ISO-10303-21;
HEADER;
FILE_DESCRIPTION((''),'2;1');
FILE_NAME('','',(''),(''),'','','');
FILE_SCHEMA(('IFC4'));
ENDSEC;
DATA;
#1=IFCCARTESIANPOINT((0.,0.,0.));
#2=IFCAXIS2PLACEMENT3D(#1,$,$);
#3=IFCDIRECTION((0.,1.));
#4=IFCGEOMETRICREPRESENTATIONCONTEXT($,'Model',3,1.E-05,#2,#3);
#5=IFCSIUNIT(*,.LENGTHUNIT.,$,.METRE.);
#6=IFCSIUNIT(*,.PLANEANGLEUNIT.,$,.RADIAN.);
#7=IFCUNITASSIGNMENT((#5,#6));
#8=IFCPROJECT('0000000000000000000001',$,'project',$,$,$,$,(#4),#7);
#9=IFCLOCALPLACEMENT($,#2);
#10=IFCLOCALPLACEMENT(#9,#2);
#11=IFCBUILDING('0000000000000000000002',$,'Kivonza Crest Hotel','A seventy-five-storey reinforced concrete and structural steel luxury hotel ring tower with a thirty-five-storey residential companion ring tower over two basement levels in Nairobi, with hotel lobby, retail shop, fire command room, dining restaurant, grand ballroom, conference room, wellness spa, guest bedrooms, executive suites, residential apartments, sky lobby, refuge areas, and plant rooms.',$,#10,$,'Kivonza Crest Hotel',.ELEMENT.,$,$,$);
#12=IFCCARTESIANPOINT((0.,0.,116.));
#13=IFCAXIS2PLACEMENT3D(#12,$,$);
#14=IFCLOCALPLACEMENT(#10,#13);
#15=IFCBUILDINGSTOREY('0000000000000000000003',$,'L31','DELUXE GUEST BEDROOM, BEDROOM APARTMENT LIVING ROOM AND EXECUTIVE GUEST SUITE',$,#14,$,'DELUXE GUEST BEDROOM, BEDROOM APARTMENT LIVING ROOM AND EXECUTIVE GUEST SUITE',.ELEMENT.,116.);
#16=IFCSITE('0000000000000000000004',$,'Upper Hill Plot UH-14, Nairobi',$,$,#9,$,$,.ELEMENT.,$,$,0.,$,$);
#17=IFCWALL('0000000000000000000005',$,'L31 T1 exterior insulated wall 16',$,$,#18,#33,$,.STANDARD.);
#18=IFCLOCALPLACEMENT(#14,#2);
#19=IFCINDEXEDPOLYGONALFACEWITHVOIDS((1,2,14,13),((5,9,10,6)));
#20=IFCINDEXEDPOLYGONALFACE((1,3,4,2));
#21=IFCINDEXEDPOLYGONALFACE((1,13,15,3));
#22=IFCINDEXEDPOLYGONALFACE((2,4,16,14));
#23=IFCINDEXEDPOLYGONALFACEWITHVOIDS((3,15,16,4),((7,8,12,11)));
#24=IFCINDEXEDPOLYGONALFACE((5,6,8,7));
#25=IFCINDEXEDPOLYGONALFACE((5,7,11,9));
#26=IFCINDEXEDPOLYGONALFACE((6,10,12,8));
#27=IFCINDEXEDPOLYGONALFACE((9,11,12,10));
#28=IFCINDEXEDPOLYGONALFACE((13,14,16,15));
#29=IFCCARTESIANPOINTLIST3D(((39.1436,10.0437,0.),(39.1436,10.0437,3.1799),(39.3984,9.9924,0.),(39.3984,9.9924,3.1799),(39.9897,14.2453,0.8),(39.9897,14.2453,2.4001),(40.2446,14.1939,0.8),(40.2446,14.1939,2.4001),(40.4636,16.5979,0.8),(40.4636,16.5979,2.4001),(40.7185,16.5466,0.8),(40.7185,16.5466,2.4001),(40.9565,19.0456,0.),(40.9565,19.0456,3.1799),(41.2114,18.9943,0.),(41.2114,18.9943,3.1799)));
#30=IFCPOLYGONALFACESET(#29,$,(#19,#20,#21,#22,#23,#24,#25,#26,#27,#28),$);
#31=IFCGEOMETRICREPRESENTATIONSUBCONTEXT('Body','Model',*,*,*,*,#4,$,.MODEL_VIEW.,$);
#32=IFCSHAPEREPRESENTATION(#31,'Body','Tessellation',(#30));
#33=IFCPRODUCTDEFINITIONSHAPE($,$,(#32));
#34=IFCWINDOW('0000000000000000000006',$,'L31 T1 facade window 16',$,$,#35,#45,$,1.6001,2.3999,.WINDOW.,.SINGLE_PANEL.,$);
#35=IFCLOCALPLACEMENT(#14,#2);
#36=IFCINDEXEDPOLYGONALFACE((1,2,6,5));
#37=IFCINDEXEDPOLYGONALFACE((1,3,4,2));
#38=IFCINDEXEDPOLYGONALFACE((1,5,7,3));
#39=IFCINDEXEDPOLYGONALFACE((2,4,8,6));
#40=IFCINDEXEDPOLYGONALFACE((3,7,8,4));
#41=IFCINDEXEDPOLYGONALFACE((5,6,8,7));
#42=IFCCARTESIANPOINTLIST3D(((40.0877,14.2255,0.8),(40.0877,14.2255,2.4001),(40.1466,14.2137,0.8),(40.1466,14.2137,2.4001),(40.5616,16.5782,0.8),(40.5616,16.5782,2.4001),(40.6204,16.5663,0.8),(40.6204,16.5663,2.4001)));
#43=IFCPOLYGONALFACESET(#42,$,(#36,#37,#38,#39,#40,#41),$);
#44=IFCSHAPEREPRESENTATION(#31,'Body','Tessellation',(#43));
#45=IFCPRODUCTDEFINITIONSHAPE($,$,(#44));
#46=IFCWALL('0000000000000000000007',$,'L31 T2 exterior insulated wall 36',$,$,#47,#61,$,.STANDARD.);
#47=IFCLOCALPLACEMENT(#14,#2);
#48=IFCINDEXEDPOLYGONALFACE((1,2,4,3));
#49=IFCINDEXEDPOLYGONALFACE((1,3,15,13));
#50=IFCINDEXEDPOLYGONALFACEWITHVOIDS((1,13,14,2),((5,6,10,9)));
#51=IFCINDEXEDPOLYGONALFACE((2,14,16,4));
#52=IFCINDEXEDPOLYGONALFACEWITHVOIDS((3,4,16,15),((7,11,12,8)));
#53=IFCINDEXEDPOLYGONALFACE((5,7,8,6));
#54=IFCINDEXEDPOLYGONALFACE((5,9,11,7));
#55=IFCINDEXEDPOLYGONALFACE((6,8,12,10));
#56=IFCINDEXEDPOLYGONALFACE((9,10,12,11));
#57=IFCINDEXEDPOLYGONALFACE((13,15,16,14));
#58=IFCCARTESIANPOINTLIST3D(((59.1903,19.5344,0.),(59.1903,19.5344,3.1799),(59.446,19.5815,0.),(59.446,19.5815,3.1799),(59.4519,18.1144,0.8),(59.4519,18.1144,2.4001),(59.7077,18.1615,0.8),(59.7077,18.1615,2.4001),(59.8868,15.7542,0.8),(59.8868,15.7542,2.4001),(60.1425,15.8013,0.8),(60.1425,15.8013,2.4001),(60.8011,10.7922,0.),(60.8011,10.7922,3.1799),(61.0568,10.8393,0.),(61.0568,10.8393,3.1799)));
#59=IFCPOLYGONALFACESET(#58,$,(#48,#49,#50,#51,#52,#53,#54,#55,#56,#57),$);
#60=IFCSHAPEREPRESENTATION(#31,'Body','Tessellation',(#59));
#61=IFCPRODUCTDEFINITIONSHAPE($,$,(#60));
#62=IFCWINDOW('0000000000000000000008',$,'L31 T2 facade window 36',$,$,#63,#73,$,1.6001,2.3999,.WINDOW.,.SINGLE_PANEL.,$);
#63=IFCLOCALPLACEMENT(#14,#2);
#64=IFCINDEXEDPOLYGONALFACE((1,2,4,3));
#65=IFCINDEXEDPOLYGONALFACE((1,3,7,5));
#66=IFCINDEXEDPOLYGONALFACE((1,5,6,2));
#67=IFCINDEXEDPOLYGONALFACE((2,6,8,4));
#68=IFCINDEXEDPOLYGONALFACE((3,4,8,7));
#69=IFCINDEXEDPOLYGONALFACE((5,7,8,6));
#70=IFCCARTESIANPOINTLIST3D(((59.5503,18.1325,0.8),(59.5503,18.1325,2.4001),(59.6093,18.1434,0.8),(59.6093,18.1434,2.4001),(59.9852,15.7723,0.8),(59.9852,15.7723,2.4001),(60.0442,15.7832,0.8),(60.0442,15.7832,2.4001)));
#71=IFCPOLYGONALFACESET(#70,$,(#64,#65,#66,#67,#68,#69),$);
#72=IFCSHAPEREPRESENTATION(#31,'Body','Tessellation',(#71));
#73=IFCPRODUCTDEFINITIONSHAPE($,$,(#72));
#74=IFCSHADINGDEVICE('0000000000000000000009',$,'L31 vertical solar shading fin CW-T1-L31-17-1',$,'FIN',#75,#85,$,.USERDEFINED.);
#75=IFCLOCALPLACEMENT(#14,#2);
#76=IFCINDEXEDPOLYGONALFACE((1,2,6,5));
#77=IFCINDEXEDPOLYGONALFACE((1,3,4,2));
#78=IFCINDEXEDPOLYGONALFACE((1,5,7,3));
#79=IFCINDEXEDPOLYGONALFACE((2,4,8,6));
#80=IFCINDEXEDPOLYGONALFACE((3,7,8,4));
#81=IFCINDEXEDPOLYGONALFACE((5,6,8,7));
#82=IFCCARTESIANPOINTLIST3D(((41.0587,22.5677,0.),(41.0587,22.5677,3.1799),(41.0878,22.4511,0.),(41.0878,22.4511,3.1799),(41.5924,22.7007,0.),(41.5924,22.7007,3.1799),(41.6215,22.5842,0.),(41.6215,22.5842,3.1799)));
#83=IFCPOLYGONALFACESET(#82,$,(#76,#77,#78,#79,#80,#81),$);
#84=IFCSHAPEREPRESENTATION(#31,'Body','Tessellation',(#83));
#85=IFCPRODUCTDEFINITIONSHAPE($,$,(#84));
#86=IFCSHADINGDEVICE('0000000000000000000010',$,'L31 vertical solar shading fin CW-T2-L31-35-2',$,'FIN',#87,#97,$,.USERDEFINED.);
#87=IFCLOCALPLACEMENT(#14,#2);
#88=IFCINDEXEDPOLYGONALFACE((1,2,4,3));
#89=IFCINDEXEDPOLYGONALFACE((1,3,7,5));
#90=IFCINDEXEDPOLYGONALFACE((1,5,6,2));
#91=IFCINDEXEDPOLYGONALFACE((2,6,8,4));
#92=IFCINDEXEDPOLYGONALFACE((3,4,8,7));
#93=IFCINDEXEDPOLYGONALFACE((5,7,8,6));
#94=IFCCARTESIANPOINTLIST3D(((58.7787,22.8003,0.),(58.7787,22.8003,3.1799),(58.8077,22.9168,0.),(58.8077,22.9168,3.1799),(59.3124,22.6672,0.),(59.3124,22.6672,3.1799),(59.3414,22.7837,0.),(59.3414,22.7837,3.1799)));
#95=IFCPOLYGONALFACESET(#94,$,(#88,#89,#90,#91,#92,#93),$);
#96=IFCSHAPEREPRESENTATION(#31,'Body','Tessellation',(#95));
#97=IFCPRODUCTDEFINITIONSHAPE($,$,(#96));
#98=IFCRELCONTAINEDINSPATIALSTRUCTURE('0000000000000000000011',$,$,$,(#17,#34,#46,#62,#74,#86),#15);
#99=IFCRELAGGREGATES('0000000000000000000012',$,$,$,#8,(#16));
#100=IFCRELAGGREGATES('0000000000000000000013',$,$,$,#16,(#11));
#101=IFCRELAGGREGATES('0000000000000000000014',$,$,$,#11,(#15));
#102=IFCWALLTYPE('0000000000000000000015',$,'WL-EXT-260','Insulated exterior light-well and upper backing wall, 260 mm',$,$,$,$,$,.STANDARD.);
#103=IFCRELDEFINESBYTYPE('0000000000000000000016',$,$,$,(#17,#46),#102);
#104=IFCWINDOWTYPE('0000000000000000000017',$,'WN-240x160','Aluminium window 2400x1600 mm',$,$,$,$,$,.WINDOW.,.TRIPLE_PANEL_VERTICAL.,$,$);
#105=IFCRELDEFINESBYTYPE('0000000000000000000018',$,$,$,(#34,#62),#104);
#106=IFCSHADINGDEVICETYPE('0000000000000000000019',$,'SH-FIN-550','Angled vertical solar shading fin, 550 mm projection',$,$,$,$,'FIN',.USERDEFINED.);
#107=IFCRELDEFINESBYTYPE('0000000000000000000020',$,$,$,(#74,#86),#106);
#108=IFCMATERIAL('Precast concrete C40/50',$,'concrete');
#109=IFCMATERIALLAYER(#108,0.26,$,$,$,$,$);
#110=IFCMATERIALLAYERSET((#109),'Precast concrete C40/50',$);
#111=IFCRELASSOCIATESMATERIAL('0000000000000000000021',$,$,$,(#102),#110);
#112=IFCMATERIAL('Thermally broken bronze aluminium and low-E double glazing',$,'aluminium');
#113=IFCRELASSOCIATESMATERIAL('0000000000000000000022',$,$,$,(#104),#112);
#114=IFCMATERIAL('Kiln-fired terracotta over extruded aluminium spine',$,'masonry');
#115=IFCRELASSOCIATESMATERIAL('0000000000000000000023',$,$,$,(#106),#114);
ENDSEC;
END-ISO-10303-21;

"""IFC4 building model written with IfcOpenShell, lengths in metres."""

from ifc_helpers import new_model, si_unit, direction, frame, frame_2d, origin, origin_2d, place, context, subcontext, project, spatial, rectangle, extrude, material, layer, layer_set, type_object, element, fill, save


model = new_model("IFC4")

# Units and contexts
model_context = context("Model", 3, precision=1e-05, world=origin(), true_north=direction((0.0, 1.0)))
body_context = subcontext(model_context, "Body", "Model", "MODEL_VIEW")
ifc_project = project(units=[si_unit("LENGTHUNIT", "METRE"), si_unit("PLANEANGLEUNIT", "RADIAN")], contexts=[model_context])

# Site, building, storey
site_placement = place(None, origin())
site = spatial("IfcSite", under=ifc_project, at=site_placement, Name="Upper Hill Plot UH-14, Nairobi", CompositionType="ELEMENT", RefElevation=0.0)
building_placement = place(site_placement, origin())
building = spatial("IfcBuilding", under=site, at=building_placement, Name="Kivonza Crest Hotel", Description="A seventy-five-storey reinforced concrete and structural steel luxury hotel ring tower with a thirty-five-storey residential companion ring tower over two basement levels in Nairobi, with hotel lobby, retail shop, fire command room, dining restaurant, grand ballroom, conference room, wellness spa, guest bedrooms, executive suites, residential apartments, sky lobby, refuge areas, and plant rooms.", LongName="Kivonza Crest Hotel", CompositionType="ELEMENT")
storey_placement = place(building_placement, frame((0.0, 0.0, 116.0)))
storey = spatial("IfcBuildingStorey", under=building, at=storey_placement, Name="L31", Description="DELUXE GUEST BEDROOM, BEDROOM APARTMENT LIVING ROOM AND EXECUTIVE GUEST SUITE", LongName="DELUXE GUEST BEDROOM, BEDROOM APARTMENT LIVING ROOM AND EXECUTIVE GUEST SUITE", CompositionType="ELEMENT", Elevation=116.0)

# Shared definitions
ifc_material_1 = material(Name="Precast concrete C40/50", Category="concrete")
ifc_layer_1 = layer(ifc_material_1, 0.26)
ifc_layer_set_1 = layer_set([ifc_layer_1], Name="Precast concrete C40/50")
wall_type_1 = type_object("IfcWallType", Name="WL-EXT-260", Description="Insulated exterior light-well and upper backing wall, 260 mm", PredefinedType="STANDARD", material=ifc_layer_set_1)

# Walls, openings, windows
wall_1_placement = place(storey_placement, frame((39.271, 10.0181, 0.0), z_axis=(0.0, 0.0, 1.0), x_axis=(0.197435, 0.980316, 0.0)))
wall_1 = element("IfcWall", 1, at=wall_1_placement, inside=storey, type_object=wall_type_1, Name="L31 T1 exterior insulated wall 16", PredefinedType="STANDARD", context=body_context, shape_type="SweptSolid", body=[
    extrude(rectangle(XDim=9.1826, YDim=0.26, at=frame_2d((4.5913, 0.0))), origin(), (0.0, 0.0, 1.0), 3.1799),
])
opening_1_placement = place(wall_1_placement, frame((4.2859, 0.0, 0.8)))
opening_1 = element("IfcOpeningElement", 2, at=opening_1_placement, cuts=wall_1, PredefinedType="OPENING", context=body_context, shape_type="SweptSolid", body=[
    extrude(rectangle(XDim=2.3999, YDim=1.6001, at=frame_2d((1.2, 0.8))), frame((0.0, 0.1401, 0.0), z_axis=(0.0, -1.0, 0.0), x_axis=(1.0, 0.0, 0.0)), (0.0, 0.0, 1.0), 0.28),
])
ifc_material_2 = material(Name="Thermally broken bronze aluminium and low-E double glazing", Category="aluminium")
window_type = type_object("IfcWindowType", Name="WN-240x160", Description="Aluminium window 2400x1600 mm", PartitioningType="TRIPLE_PANEL_VERTICAL", PredefinedType="WINDOW", material=ifc_material_2)
window_1_placement = place(opening_1_placement, origin())
window_1 = element("IfcWindow", 3, at=window_1_placement, inside=storey, type_object=window_type, Name="L31 T1 facade window 16", OverallHeight=1.6001, OverallWidth=2.3999, PartitioningType="SINGLE_PANEL", PredefinedType="WINDOW", context=body_context, shape_type="SweptSolid", body=[
    extrude(rectangle(XDim=2.3999, YDim=1.6001, at=frame_2d((1.2, 0.8))), frame((0.0, 0.03, 0.0), z_axis=(0.0, -1.0, 0.0), x_axis=(1.0, 0.0, 0.0)), (0.0, 0.0, 1.0), 0.0601),
])
fill(opening_1, window_1)
wall_2_placement = place(storey_placement, frame((59.3181, 19.5581, 0.0), z_axis=(0.0, 0.0, 1.0), x_axis=(0.18121, -0.983444, 0.0)))
wall_2 = element("IfcWall", 4, at=wall_2_placement, inside=storey, type_object=wall_type_1, Name="L31 T2 exterior insulated wall 36", PredefinedType="STANDARD", context=body_context, shape_type="SweptSolid", body=[
    extrude(rectangle(XDim=8.8894, YDim=0.26, at=frame_2d((4.4448, 0.0))), origin(), (0.0, 0.0, 1.0), 3.1799),
])
opening_2_placement = place(wall_2_placement, frame((1.4441, 0.0, 0.8)))
opening_2 = element("IfcOpeningElement", 5, at=opening_2_placement, cuts=wall_2, PredefinedType="OPENING", context=body_context, shape_type="SweptSolid", body=[
    extrude(rectangle(XDim=2.3999, YDim=1.6001, at=frame_2d((1.2, 0.8))), frame((0.0, 0.1401, 0.0), z_axis=(0.0, -1.0, 0.0), x_axis=(1.0, 0.0, 0.0)), (0.0, 0.0, 1.0), 0.28),
])
window_2_placement = place(opening_2_placement, origin())
window_2 = element("IfcWindow", 6, at=window_2_placement, inside=storey, type_object=window_type, Name="L31 T2 facade window 36", OverallHeight=1.6001, OverallWidth=2.3999, PartitioningType="SINGLE_PANEL", PredefinedType="WINDOW", context=body_context, shape_type="SweptSolid", body=[
    extrude(rectangle(XDim=2.3999, YDim=1.6001, at=frame_2d((1.2, 0.8))), frame((0.0, 0.03, 0.0), z_axis=(0.0, -1.0, 0.0), x_axis=(1.0, 0.0, 0.0)), (0.0, 0.0, 1.0), 0.0601),
])
fill(opening_2, window_2)

# Shading devices
ifc_material_3 = material(Name="Kiln-fired terracotta over extruded aluminium spine", Category="masonry")
shading_device_type = type_object("IfcShadingDeviceType", Name="SH-FIN-550", Description="Angled vertical solar shading fin, 550 mm projection", ElementType="FIN", PredefinedType="USERDEFINED", material=ifc_material_3)
for number, where, z_axis, x_axis, name in (
    (7, (41.3401, 22.5759, 0.0), (0.0, 0.0, 1.0), (-0.241922, 0.970296, 0.0), "L31 vertical solar shading fin CW-T1-L31-17-1"),
    (8, (59.0601, 22.792, 0.0), (0.0, 0.0, 1.0), (-0.241922, -0.970296, 0.0), "L31 vertical solar shading fin CW-T2-L31-35-2"),
):
    element("IfcShadingDevice", number, at=place(storey_placement, frame(where, z_axis=z_axis, x_axis=x_axis)), inside=storey, type_object=shading_device_type, Name=name, ObjectType="FIN", PredefinedType="USERDEFINED", context=body_context, shape_type="SweptSolid", body=[
        extrude(rectangle(XDim=0.1201, YDim=0.55, at=origin_2d()), origin(), (0.0, 0.0, 1.0), 3.1799),
    ])

save(model, "model.ifc")
